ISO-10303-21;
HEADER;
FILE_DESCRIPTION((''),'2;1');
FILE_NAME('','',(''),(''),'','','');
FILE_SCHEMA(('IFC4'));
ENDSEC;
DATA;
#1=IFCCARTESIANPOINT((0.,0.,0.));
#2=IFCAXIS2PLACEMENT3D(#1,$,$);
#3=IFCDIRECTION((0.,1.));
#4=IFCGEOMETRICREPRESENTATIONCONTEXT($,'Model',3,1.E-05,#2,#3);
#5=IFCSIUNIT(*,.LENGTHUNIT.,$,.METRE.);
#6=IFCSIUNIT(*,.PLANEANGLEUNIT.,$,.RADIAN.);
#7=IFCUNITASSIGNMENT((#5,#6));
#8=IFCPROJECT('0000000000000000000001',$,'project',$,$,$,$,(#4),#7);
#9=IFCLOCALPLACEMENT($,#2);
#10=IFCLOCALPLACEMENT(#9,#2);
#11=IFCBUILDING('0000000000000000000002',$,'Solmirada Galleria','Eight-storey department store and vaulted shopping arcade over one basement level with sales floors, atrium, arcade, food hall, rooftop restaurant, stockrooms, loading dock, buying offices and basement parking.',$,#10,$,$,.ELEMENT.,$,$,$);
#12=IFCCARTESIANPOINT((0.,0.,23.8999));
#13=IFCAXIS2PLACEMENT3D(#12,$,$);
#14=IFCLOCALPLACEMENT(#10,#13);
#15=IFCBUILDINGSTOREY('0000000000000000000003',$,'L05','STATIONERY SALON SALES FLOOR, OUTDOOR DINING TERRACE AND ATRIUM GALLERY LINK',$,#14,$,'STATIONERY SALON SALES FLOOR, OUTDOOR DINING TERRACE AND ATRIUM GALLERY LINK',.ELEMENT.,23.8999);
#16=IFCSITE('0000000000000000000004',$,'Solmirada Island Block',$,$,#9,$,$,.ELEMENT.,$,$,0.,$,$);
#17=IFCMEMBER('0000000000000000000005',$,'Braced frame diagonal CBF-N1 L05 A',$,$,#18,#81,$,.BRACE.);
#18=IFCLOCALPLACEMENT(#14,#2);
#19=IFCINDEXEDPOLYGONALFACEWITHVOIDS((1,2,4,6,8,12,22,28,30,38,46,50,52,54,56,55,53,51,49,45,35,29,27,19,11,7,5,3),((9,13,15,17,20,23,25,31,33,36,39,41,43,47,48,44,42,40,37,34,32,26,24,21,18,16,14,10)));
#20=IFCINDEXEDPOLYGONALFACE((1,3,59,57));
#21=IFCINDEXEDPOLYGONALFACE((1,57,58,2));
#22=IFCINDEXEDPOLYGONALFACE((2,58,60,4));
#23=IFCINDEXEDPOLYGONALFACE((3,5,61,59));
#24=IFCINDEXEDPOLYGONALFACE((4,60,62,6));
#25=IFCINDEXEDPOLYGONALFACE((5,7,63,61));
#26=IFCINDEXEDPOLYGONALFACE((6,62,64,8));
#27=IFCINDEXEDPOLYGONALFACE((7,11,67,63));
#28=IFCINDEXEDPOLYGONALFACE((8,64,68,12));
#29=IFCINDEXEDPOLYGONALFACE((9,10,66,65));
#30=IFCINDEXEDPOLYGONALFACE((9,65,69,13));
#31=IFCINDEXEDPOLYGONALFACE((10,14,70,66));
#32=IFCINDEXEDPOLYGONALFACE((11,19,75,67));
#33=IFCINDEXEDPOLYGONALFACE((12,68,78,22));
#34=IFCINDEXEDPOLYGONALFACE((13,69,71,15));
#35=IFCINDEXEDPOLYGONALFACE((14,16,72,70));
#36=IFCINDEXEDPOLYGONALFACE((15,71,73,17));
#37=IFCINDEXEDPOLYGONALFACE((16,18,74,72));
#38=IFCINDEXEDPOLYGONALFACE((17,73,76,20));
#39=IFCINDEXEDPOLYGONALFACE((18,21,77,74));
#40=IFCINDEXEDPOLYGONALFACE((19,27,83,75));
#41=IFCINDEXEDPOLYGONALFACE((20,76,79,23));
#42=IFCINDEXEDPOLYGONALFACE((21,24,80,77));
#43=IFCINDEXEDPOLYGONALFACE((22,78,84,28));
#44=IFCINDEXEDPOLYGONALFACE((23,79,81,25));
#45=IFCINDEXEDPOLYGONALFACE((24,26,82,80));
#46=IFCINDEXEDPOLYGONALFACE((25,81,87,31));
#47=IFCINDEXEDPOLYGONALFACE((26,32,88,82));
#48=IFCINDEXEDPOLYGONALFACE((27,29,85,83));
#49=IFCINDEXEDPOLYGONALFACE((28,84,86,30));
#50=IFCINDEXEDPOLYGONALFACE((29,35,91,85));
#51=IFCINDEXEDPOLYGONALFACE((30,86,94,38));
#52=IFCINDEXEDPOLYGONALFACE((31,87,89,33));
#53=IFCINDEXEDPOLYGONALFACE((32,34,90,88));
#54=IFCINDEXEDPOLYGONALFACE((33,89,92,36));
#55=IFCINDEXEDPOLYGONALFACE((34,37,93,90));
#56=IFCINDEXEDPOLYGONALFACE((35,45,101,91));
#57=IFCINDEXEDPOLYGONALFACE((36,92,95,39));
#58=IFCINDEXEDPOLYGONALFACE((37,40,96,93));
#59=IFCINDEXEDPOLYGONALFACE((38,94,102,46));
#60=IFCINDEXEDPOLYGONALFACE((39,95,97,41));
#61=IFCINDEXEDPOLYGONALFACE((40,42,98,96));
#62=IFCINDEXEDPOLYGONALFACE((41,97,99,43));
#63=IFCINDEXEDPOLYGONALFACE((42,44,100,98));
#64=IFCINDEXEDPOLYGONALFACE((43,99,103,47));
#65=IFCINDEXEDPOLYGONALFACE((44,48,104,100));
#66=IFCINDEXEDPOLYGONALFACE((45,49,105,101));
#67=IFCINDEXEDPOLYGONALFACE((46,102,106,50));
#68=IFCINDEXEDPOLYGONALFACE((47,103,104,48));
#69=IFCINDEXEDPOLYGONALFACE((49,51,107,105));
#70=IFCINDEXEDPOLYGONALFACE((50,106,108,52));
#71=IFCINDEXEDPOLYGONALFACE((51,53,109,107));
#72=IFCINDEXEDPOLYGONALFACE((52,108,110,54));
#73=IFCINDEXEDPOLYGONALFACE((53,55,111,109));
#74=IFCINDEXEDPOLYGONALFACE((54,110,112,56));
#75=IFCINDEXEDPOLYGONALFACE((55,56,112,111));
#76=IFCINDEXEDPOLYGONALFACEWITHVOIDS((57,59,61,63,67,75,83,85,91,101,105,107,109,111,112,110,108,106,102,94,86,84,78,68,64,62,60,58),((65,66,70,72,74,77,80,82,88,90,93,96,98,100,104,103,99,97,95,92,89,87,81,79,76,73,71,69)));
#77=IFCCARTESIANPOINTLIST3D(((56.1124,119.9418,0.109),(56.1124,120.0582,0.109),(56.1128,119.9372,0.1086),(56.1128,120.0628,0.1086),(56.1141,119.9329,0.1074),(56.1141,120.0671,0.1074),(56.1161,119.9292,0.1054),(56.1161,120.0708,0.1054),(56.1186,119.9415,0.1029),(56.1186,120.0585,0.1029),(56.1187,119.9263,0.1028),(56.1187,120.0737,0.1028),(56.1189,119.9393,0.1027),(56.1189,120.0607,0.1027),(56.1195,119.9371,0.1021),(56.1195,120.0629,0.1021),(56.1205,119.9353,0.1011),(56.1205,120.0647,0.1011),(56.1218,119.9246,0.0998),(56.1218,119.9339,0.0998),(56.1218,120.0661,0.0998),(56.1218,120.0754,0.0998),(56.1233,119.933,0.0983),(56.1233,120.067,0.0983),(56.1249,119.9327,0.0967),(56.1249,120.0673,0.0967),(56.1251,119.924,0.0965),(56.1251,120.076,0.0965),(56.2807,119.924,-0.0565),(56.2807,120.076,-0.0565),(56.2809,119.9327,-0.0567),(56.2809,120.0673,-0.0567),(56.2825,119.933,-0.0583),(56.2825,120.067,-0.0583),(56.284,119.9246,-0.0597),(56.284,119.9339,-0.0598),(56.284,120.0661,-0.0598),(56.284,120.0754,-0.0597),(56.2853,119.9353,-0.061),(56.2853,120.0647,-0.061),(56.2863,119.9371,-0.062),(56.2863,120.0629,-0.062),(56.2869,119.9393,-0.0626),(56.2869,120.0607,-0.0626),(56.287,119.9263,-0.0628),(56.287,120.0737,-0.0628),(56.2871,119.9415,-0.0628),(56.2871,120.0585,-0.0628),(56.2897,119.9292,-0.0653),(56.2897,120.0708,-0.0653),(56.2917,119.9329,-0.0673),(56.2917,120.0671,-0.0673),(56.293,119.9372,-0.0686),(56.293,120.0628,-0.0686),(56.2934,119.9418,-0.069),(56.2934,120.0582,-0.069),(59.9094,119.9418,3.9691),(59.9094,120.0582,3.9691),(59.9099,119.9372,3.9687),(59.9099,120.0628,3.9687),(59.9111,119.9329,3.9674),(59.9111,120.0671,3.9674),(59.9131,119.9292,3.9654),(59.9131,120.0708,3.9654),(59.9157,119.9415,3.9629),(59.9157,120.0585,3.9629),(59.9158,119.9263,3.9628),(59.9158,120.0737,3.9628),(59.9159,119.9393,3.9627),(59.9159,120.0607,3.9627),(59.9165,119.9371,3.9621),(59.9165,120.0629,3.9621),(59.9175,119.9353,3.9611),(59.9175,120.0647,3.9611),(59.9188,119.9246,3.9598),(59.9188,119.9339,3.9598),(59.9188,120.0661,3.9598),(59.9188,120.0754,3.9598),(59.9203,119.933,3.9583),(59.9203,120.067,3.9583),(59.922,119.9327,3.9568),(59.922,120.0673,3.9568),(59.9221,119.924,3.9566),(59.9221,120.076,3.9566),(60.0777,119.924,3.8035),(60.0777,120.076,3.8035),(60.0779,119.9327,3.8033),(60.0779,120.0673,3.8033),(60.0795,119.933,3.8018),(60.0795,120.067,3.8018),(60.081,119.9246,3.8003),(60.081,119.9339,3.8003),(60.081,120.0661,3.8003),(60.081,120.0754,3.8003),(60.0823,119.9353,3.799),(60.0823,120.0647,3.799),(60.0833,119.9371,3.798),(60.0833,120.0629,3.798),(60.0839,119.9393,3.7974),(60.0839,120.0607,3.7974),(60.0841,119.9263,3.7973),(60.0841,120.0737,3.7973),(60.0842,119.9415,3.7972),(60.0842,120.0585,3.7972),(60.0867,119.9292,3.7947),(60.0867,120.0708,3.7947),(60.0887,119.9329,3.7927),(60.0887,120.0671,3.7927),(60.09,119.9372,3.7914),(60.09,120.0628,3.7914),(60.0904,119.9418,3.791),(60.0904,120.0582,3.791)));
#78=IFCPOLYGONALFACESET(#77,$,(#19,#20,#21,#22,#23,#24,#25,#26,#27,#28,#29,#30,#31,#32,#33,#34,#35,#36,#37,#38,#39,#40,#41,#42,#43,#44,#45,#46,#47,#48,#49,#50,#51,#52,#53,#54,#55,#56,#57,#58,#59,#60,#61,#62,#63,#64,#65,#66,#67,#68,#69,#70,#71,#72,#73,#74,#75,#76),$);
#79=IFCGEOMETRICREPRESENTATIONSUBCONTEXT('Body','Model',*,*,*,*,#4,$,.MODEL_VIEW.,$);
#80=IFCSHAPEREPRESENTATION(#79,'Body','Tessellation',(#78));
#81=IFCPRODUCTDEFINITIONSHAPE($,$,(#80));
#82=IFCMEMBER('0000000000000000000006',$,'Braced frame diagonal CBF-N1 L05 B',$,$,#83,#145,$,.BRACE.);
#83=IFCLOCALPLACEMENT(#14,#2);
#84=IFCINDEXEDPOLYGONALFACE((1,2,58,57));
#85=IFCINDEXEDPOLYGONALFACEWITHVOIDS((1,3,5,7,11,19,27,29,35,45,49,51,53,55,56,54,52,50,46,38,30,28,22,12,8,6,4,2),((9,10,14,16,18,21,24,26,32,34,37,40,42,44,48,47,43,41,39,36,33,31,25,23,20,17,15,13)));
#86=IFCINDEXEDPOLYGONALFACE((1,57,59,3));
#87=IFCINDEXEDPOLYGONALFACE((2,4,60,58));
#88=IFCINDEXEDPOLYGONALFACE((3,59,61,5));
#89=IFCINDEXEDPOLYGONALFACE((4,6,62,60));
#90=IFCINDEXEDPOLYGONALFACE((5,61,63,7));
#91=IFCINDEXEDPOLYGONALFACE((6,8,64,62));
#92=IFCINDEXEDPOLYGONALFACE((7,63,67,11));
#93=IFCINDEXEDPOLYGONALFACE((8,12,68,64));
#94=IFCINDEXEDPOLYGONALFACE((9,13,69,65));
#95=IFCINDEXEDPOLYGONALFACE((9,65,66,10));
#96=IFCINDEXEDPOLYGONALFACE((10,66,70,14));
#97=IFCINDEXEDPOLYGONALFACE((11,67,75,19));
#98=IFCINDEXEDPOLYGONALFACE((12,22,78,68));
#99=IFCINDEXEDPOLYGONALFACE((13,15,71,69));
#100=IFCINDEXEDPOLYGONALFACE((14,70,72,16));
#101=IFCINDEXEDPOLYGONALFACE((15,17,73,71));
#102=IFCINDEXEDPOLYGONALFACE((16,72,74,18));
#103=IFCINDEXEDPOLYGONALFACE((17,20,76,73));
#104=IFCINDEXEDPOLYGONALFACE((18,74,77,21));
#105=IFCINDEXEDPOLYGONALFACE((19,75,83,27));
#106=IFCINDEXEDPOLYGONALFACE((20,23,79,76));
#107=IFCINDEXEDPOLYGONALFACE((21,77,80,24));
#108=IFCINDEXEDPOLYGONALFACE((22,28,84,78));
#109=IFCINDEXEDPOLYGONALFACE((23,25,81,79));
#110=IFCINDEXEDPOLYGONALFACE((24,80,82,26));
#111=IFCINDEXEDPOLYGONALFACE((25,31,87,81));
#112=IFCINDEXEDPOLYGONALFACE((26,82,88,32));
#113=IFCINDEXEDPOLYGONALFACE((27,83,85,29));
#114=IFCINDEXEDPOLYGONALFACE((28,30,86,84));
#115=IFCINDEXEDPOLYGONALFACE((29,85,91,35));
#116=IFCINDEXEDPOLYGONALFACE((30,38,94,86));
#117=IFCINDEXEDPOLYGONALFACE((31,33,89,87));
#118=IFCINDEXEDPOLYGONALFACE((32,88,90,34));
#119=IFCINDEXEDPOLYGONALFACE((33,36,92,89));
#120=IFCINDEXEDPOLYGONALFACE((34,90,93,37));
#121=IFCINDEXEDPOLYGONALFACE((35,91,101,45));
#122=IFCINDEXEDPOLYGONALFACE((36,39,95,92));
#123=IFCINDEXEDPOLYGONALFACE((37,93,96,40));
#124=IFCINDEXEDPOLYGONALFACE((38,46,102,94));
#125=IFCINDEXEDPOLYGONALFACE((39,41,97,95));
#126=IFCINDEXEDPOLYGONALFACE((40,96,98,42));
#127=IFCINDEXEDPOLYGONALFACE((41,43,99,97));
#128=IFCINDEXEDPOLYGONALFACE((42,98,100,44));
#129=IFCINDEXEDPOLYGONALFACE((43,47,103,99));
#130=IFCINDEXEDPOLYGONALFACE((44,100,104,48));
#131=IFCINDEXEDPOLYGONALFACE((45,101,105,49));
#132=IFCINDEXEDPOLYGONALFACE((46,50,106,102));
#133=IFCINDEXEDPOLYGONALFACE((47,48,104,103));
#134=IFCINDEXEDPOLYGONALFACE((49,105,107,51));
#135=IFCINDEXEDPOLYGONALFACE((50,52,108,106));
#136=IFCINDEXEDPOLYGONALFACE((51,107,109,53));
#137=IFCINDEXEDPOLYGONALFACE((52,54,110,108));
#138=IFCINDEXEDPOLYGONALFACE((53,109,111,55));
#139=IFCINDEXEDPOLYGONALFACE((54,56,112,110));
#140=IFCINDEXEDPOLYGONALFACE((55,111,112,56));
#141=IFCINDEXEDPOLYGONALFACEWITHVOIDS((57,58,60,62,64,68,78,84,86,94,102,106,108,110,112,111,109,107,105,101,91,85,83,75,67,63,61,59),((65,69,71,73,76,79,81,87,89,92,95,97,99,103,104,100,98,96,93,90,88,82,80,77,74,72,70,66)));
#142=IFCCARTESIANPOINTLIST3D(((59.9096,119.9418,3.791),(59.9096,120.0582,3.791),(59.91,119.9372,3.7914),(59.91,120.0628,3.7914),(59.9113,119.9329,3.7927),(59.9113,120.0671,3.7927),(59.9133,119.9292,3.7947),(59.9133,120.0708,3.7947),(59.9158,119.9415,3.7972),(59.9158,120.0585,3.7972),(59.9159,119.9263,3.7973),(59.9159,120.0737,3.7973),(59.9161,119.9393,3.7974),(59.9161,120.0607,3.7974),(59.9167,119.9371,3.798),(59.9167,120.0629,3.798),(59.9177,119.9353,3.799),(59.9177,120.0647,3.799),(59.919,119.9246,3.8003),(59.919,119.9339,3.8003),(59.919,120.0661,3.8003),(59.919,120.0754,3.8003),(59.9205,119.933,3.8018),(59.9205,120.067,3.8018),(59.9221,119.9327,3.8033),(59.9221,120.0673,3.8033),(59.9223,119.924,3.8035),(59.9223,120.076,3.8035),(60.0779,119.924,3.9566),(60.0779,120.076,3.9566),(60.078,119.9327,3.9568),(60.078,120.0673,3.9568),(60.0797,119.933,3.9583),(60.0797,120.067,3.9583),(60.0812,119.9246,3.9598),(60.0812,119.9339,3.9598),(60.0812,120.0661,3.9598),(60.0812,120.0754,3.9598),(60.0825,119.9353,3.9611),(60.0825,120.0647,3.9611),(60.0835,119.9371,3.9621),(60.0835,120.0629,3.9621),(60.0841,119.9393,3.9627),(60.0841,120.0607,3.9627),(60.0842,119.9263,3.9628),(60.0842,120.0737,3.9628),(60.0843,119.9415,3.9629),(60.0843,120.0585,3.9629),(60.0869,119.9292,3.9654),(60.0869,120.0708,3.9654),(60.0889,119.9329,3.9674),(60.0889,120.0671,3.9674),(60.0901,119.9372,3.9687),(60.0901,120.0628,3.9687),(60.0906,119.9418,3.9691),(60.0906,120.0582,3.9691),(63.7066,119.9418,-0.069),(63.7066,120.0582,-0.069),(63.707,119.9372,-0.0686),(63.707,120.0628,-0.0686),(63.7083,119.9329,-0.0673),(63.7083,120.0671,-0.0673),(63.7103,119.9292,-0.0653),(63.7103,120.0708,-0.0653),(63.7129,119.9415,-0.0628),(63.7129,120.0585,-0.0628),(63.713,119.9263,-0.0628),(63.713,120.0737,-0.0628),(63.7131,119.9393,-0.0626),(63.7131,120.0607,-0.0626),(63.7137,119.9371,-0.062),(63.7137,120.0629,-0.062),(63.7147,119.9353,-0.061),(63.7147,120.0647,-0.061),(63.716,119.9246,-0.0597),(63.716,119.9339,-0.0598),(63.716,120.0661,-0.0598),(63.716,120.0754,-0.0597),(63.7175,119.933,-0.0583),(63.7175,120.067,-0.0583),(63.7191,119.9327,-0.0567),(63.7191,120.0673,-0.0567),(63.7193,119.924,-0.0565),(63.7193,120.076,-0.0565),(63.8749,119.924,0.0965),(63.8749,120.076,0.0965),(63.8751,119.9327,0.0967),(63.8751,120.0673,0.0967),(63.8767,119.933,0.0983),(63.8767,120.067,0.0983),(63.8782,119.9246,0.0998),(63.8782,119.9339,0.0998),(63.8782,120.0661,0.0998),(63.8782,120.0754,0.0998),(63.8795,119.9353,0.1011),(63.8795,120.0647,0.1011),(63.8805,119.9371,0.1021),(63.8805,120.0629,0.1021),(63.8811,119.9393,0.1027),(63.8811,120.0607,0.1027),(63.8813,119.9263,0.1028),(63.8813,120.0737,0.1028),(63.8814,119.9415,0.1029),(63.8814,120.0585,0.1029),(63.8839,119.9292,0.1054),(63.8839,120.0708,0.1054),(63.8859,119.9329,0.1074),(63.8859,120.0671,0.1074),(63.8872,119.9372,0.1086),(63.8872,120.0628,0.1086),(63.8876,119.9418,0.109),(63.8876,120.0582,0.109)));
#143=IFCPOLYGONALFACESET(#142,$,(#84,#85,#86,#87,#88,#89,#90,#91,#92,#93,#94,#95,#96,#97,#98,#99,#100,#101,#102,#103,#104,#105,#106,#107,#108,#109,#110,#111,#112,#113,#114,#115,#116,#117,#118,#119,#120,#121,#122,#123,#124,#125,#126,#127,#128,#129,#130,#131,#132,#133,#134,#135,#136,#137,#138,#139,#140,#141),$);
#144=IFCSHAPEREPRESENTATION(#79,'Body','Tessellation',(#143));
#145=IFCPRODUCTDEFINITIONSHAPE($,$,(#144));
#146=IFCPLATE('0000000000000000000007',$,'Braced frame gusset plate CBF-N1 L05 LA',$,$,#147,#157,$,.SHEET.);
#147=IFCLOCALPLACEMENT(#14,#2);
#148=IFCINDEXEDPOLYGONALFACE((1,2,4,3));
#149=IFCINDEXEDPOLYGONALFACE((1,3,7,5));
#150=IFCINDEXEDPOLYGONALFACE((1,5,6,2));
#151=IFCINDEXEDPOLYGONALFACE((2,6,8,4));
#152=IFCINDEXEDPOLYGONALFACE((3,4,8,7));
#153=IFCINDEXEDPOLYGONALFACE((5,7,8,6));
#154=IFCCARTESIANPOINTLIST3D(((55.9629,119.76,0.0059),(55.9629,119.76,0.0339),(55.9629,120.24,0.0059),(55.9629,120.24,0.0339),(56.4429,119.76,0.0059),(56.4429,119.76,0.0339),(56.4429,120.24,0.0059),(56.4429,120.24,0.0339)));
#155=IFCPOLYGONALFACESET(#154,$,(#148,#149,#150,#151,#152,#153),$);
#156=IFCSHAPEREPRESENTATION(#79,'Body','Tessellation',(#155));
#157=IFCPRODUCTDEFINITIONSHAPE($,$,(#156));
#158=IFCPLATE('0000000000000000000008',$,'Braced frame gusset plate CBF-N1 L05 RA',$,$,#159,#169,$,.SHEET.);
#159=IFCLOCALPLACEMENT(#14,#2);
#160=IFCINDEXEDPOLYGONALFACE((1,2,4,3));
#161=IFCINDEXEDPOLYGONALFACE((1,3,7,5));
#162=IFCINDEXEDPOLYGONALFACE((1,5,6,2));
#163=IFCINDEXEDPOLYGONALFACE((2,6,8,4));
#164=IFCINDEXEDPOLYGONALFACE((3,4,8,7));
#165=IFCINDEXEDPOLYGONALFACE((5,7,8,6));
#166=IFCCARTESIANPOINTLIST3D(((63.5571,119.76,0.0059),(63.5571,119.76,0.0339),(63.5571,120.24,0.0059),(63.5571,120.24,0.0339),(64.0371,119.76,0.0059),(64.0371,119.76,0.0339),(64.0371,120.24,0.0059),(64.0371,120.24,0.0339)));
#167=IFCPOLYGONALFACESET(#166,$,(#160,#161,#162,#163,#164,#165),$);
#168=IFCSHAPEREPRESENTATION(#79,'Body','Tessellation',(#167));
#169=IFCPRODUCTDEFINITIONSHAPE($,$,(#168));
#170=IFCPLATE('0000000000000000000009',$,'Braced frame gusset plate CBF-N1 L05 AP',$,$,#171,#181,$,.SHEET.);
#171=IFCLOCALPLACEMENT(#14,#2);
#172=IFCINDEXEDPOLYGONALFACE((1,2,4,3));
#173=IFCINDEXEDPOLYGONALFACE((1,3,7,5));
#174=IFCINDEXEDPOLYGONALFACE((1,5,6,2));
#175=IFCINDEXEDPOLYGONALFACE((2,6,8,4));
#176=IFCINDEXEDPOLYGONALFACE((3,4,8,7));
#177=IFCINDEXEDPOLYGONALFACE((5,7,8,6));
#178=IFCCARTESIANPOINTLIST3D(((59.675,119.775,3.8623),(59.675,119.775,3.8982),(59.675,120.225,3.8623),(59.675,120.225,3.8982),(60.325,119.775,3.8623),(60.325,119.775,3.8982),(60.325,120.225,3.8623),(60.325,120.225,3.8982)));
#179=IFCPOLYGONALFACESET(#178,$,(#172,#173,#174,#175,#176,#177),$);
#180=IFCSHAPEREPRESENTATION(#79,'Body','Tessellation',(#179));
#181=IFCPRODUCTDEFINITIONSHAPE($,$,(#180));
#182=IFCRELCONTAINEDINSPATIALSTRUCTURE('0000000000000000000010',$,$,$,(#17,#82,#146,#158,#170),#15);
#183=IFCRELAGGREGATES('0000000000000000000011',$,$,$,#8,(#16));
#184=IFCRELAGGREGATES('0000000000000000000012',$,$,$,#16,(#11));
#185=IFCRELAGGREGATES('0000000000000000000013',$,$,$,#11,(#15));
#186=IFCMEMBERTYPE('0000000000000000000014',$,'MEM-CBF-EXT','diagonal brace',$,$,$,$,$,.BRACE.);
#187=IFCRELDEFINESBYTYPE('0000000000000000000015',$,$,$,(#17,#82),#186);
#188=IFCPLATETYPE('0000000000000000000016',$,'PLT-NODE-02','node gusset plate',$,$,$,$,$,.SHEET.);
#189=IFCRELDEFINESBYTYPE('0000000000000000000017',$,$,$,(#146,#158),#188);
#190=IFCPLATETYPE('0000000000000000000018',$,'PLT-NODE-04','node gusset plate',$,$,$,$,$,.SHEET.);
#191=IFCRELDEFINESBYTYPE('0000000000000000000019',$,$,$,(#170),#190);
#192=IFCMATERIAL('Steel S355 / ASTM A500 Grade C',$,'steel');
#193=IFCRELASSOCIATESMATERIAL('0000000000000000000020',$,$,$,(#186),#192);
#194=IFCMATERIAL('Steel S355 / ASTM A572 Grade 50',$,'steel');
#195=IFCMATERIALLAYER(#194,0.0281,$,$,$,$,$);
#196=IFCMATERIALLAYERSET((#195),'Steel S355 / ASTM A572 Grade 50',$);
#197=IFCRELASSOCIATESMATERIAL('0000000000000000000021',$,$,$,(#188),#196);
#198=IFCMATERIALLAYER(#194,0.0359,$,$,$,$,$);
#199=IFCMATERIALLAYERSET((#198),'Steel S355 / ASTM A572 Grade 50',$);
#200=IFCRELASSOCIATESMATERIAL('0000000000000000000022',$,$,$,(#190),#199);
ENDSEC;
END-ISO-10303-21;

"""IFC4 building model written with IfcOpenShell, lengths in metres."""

from ifc_helpers import new_model, si_unit, direction, frame, origin, origin_2d, place, context, subcontext, project, spatial, rectangle, hollow_rectangle, extrude, material, layer, layer_set, material_profile, profile_set, type_object, element, save


model = new_model("IFC4")

# Units and contexts
model_context = context("Model", 3, precision=1e-05, world=origin(), true_north=direction((0.0, 1.0)))
body_context = subcontext(model_context, "Body", "Model", "MODEL_VIEW")
ifc_project = project(units=[si_unit("LENGTHUNIT", "METRE"), si_unit("PLANEANGLEUNIT", "RADIAN")], contexts=[model_context])

# Site, building, storey
site_placement = place(None, origin())
site = spatial("IfcSite", under=ifc_project, at=site_placement, Name="Solmirada Island Block", CompositionType="ELEMENT", RefElevation=0.0)
building_placement = place(site_placement, origin())
building = spatial("IfcBuilding", under=site, at=building_placement, Name="Solmirada Galleria", Description="Eight-storey department store and vaulted shopping arcade over one basement level with sales floors, atrium, arcade, food hall, rooftop restaurant, stockrooms, loading dock, buying offices and basement parking.", CompositionType="ELEMENT")
storey_placement = place(building_placement, frame((0.0, 0.0, 23.8999)))
storey = spatial("IfcBuildingStorey", under=building, at=storey_placement, Name="L05", Description="STATIONERY SALON SALES FLOOR, OUTDOOR DINING TERRACE AND ATRIUM GALLERY LINK", LongName="STATIONERY SALON SALES FLOOR, OUTDOOR DINING TERRACE AND ATRIUM GALLERY LINK", CompositionType="ELEMENT", Elevation=23.8999)

# Shared definitions
ifc_material_1 = material(Name="Steel S355 / ASTM A500 Grade C", Category="steel")

# Members
ifc_material_profile_1 = material_profile(ifc_material_1, hollow_rectangle(XDim=0.1521, YDim=0.2539, WallThickness=0.0088, InnerFilletRadius=0.0088, OuterFilletRadius=0.0178, at=origin_2d()), Name="HSS10X6X3/8")
ifc_profile_set_1 = profile_set([ifc_material_profile_1], Name="Steel S355 / ASTM A500 Grade C")
member_type = type_object("IfcMemberType", Name="MEM-CBF-EXT", Description="diagonal brace", PredefinedType="BRACE", material=ifc_profile_set_1)
for number, where, z_axis, x_axis, name in (
    (1, (56.2029, 120.0, 0.02), (0.701266, 0.0, 0.712899), (0.0, 1.0, 0.0), "Braced frame diagonal CBF-N1 L05 A"),
    (2, (63.7971, 120.0, 0.02), (-0.701266, 0.0, 0.712899), (0.0, -1.0, 0.0), "Braced frame diagonal CBF-N1 L05 B"),
):
    element("IfcMember", number, at=place(storey_placement, frame(where, z_axis=z_axis, x_axis=x_axis)), inside=storey, type_object=member_type, Name=name, PredefinedType="BRACE", context=body_context, shape_type="SweptSolid", body=[
        extrude(hollow_rectangle(XDim=0.1521, YDim=0.2539, WallThickness=0.0088, InnerFilletRadius=0.0088, OuterFilletRadius=0.0178, at=origin_2d()), origin(), (0.0, 0.0, 1.0), 5.4146),
    ])

# Plates
ifc_material_2 = material(Name="Steel S355 / ASTM A572 Grade 50", Category="steel")
ifc_layer_1 = layer(ifc_material_2, 0.0281)
ifc_layer_set_1 = layer_set([ifc_layer_1], Name="Steel S355 / ASTM A572 Grade 50")
plate_type_1 = type_object("IfcPlateType", Name="PLT-NODE-02", Description="node gusset plate", PredefinedType="SHEET", material=ifc_layer_set_1)
for number, where, z_axis, x_axis, name in (
    (3, (56.2029, 120.0, 0.0059), (0.0, 0.0, 1.0), (1.0, 0.0, 0.0), "Braced frame gusset plate CBF-N1 L05 LA"),
    (4, (63.7971, 120.0, 0.0059), (0.0, 0.0, 1.0), (1.0, 0.0, 0.0), "Braced frame gusset plate CBF-N1 L05 RA"),
):
    element("IfcPlate", number, at=place(storey_placement, frame(where, z_axis=z_axis, x_axis=x_axis)), inside=storey, type_object=plate_type_1, Name=name, PredefinedType="SHEET", context=body_context, shape_type="SweptSolid", body=[
        extrude(rectangle(XDim=0.48, YDim=0.48, at=origin_2d()), origin(), (0.0, 0.0, 1.0), 0.0281),
    ])
ifc_layer_2 = layer(ifc_material_2, 0.0359)
ifc_layer_set_2 = layer_set([ifc_layer_2], Name="Steel S355 / ASTM A572 Grade 50")
plate_type_2 = type_object("IfcPlateType", Name="PLT-NODE-04", Description="node gusset plate", PredefinedType="SHEET", material=ifc_layer_set_2)
plate_placement = place(storey_placement, frame((60.0, 120.0, 3.8623), z_axis=(0.0, 0.0, 1.0), x_axis=(1.0, 0.0, 0.0)))
element("IfcPlate", 5, at=plate_placement, inside=storey, type_object=plate_type_2, Name="Braced frame gusset plate CBF-N1 L05 AP", PredefinedType="SHEET", context=body_context, shape_type="SweptSolid", body=[
    extrude(rectangle(XDim=0.6499, YDim=0.45, at=origin_2d()), origin(), (0.0, 0.0, 1.0), 0.0359),
])

save(model, "model.ifc")
